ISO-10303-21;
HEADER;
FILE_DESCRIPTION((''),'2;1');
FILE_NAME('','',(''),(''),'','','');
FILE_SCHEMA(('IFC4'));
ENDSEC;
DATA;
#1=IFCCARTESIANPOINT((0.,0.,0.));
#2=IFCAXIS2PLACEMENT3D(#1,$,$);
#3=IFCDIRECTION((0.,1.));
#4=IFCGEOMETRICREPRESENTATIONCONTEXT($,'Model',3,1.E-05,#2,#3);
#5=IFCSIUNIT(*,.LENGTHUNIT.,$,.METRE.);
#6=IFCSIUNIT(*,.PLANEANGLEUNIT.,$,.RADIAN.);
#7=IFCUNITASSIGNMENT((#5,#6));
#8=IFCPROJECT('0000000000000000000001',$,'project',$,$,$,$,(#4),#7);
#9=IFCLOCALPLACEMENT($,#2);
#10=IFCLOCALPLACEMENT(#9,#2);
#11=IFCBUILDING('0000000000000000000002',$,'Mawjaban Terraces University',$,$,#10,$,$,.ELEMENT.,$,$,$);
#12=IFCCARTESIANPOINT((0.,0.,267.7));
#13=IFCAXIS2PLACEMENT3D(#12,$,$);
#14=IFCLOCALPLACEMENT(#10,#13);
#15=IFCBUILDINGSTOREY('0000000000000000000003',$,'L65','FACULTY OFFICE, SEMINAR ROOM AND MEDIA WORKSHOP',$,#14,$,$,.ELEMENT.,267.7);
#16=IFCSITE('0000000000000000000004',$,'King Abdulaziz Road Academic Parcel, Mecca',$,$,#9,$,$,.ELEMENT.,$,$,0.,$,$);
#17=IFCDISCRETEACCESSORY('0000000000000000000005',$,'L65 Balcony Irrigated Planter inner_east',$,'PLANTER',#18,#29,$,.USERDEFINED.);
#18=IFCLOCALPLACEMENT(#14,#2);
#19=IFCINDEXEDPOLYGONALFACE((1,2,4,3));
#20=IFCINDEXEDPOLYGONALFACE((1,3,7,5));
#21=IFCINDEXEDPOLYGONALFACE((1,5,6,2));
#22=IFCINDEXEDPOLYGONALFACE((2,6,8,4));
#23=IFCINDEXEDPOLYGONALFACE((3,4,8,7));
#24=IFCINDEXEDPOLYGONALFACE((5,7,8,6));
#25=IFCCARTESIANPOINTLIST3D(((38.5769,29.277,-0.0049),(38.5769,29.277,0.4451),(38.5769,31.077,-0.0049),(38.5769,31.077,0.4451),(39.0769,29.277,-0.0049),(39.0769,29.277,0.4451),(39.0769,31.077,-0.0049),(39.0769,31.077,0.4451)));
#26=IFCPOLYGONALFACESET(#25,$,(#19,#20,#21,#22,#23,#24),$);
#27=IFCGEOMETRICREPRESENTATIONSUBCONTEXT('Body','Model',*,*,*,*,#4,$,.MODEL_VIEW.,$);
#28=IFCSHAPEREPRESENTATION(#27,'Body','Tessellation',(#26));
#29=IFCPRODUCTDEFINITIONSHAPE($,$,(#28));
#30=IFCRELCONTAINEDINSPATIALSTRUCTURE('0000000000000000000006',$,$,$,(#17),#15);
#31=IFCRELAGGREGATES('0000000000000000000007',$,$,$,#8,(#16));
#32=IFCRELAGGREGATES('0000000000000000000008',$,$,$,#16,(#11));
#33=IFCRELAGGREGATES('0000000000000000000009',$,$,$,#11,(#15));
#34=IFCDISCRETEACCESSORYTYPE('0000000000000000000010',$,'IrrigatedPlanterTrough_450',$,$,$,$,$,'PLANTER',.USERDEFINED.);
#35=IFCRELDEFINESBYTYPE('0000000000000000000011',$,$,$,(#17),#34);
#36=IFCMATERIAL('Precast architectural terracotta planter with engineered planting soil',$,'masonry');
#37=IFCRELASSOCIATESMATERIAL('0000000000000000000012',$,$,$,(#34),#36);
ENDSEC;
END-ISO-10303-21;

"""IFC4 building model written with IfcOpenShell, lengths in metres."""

from ifc_helpers import new_model, si_unit, direction, frame, origin, origin_2d, place, context, subcontext, project, spatial, rectangle, extrude, material, type_object, element, save


model = new_model("IFC4")

# Units and contexts
model_context = context("Model", 3, precision=1e-05, world=origin(), true_north=direction((0.0, 1.0)))
body_context = subcontext(model_context, "Body", "Model", "MODEL_VIEW")
ifc_project = project(units=[si_unit("LENGTHUNIT", "METRE"), si_unit("PLANEANGLEUNIT", "RADIAN")], contexts=[model_context])

# Site, building, storey
site_placement = place(None, origin())
site = spatial("IfcSite", under=ifc_project, at=site_placement, Name="King Abdulaziz Road Academic Parcel, Mecca", CompositionType="ELEMENT", RefElevation=0.0)
building_placement = place(site_placement, origin())
building = spatial("IfcBuilding", under=site, at=building_placement, Name="Mawjaban Terraces University", CompositionType="ELEMENT")
storey_placement = place(building_placement, frame((0.0, 0.0, 267.7)))
storey = spatial("IfcBuildingStorey", under=building, at=storey_placement, Name="L65", Description="FACULTY OFFICE, SEMINAR ROOM AND MEDIA WORKSHOP", CompositionType="ELEMENT", Elevation=267.7)

# Discrete accessory
ifc_material_1 = material(Name="Precast architectural terracotta planter with engineered planting soil", Category="masonry")
discrete_accessory_type_1 = type_object("IfcDiscreteAccessoryType", Name="IrrigatedPlanterTrough_450", ElementType="PLANTER", PredefinedType="USERDEFINED", material=ifc_material_1)
discrete_accessory_1_placement = place(storey_placement, frame((38.8269, 30.177, -0.0049), z_axis=(0.0, 0.0, 1.0), x_axis=(0.0, 1.0, 0.0)))
element("IfcDiscreteAccessory", 1, at=discrete_accessory_1_placement, inside=storey, type_object=discrete_accessory_type_1, Name="L65 Balcony Irrigated Planter inner_east", ObjectType="PLANTER", PredefinedType="USERDEFINED", context=body_context, shape_type="SweptSolid", body=[
    extrude(rectangle(XDim=1.8, YDim=0.5, at=origin_2d()), origin(), (0.0, 0.0, 1.0), 0.45),
])

save(model, "model.ifc")
